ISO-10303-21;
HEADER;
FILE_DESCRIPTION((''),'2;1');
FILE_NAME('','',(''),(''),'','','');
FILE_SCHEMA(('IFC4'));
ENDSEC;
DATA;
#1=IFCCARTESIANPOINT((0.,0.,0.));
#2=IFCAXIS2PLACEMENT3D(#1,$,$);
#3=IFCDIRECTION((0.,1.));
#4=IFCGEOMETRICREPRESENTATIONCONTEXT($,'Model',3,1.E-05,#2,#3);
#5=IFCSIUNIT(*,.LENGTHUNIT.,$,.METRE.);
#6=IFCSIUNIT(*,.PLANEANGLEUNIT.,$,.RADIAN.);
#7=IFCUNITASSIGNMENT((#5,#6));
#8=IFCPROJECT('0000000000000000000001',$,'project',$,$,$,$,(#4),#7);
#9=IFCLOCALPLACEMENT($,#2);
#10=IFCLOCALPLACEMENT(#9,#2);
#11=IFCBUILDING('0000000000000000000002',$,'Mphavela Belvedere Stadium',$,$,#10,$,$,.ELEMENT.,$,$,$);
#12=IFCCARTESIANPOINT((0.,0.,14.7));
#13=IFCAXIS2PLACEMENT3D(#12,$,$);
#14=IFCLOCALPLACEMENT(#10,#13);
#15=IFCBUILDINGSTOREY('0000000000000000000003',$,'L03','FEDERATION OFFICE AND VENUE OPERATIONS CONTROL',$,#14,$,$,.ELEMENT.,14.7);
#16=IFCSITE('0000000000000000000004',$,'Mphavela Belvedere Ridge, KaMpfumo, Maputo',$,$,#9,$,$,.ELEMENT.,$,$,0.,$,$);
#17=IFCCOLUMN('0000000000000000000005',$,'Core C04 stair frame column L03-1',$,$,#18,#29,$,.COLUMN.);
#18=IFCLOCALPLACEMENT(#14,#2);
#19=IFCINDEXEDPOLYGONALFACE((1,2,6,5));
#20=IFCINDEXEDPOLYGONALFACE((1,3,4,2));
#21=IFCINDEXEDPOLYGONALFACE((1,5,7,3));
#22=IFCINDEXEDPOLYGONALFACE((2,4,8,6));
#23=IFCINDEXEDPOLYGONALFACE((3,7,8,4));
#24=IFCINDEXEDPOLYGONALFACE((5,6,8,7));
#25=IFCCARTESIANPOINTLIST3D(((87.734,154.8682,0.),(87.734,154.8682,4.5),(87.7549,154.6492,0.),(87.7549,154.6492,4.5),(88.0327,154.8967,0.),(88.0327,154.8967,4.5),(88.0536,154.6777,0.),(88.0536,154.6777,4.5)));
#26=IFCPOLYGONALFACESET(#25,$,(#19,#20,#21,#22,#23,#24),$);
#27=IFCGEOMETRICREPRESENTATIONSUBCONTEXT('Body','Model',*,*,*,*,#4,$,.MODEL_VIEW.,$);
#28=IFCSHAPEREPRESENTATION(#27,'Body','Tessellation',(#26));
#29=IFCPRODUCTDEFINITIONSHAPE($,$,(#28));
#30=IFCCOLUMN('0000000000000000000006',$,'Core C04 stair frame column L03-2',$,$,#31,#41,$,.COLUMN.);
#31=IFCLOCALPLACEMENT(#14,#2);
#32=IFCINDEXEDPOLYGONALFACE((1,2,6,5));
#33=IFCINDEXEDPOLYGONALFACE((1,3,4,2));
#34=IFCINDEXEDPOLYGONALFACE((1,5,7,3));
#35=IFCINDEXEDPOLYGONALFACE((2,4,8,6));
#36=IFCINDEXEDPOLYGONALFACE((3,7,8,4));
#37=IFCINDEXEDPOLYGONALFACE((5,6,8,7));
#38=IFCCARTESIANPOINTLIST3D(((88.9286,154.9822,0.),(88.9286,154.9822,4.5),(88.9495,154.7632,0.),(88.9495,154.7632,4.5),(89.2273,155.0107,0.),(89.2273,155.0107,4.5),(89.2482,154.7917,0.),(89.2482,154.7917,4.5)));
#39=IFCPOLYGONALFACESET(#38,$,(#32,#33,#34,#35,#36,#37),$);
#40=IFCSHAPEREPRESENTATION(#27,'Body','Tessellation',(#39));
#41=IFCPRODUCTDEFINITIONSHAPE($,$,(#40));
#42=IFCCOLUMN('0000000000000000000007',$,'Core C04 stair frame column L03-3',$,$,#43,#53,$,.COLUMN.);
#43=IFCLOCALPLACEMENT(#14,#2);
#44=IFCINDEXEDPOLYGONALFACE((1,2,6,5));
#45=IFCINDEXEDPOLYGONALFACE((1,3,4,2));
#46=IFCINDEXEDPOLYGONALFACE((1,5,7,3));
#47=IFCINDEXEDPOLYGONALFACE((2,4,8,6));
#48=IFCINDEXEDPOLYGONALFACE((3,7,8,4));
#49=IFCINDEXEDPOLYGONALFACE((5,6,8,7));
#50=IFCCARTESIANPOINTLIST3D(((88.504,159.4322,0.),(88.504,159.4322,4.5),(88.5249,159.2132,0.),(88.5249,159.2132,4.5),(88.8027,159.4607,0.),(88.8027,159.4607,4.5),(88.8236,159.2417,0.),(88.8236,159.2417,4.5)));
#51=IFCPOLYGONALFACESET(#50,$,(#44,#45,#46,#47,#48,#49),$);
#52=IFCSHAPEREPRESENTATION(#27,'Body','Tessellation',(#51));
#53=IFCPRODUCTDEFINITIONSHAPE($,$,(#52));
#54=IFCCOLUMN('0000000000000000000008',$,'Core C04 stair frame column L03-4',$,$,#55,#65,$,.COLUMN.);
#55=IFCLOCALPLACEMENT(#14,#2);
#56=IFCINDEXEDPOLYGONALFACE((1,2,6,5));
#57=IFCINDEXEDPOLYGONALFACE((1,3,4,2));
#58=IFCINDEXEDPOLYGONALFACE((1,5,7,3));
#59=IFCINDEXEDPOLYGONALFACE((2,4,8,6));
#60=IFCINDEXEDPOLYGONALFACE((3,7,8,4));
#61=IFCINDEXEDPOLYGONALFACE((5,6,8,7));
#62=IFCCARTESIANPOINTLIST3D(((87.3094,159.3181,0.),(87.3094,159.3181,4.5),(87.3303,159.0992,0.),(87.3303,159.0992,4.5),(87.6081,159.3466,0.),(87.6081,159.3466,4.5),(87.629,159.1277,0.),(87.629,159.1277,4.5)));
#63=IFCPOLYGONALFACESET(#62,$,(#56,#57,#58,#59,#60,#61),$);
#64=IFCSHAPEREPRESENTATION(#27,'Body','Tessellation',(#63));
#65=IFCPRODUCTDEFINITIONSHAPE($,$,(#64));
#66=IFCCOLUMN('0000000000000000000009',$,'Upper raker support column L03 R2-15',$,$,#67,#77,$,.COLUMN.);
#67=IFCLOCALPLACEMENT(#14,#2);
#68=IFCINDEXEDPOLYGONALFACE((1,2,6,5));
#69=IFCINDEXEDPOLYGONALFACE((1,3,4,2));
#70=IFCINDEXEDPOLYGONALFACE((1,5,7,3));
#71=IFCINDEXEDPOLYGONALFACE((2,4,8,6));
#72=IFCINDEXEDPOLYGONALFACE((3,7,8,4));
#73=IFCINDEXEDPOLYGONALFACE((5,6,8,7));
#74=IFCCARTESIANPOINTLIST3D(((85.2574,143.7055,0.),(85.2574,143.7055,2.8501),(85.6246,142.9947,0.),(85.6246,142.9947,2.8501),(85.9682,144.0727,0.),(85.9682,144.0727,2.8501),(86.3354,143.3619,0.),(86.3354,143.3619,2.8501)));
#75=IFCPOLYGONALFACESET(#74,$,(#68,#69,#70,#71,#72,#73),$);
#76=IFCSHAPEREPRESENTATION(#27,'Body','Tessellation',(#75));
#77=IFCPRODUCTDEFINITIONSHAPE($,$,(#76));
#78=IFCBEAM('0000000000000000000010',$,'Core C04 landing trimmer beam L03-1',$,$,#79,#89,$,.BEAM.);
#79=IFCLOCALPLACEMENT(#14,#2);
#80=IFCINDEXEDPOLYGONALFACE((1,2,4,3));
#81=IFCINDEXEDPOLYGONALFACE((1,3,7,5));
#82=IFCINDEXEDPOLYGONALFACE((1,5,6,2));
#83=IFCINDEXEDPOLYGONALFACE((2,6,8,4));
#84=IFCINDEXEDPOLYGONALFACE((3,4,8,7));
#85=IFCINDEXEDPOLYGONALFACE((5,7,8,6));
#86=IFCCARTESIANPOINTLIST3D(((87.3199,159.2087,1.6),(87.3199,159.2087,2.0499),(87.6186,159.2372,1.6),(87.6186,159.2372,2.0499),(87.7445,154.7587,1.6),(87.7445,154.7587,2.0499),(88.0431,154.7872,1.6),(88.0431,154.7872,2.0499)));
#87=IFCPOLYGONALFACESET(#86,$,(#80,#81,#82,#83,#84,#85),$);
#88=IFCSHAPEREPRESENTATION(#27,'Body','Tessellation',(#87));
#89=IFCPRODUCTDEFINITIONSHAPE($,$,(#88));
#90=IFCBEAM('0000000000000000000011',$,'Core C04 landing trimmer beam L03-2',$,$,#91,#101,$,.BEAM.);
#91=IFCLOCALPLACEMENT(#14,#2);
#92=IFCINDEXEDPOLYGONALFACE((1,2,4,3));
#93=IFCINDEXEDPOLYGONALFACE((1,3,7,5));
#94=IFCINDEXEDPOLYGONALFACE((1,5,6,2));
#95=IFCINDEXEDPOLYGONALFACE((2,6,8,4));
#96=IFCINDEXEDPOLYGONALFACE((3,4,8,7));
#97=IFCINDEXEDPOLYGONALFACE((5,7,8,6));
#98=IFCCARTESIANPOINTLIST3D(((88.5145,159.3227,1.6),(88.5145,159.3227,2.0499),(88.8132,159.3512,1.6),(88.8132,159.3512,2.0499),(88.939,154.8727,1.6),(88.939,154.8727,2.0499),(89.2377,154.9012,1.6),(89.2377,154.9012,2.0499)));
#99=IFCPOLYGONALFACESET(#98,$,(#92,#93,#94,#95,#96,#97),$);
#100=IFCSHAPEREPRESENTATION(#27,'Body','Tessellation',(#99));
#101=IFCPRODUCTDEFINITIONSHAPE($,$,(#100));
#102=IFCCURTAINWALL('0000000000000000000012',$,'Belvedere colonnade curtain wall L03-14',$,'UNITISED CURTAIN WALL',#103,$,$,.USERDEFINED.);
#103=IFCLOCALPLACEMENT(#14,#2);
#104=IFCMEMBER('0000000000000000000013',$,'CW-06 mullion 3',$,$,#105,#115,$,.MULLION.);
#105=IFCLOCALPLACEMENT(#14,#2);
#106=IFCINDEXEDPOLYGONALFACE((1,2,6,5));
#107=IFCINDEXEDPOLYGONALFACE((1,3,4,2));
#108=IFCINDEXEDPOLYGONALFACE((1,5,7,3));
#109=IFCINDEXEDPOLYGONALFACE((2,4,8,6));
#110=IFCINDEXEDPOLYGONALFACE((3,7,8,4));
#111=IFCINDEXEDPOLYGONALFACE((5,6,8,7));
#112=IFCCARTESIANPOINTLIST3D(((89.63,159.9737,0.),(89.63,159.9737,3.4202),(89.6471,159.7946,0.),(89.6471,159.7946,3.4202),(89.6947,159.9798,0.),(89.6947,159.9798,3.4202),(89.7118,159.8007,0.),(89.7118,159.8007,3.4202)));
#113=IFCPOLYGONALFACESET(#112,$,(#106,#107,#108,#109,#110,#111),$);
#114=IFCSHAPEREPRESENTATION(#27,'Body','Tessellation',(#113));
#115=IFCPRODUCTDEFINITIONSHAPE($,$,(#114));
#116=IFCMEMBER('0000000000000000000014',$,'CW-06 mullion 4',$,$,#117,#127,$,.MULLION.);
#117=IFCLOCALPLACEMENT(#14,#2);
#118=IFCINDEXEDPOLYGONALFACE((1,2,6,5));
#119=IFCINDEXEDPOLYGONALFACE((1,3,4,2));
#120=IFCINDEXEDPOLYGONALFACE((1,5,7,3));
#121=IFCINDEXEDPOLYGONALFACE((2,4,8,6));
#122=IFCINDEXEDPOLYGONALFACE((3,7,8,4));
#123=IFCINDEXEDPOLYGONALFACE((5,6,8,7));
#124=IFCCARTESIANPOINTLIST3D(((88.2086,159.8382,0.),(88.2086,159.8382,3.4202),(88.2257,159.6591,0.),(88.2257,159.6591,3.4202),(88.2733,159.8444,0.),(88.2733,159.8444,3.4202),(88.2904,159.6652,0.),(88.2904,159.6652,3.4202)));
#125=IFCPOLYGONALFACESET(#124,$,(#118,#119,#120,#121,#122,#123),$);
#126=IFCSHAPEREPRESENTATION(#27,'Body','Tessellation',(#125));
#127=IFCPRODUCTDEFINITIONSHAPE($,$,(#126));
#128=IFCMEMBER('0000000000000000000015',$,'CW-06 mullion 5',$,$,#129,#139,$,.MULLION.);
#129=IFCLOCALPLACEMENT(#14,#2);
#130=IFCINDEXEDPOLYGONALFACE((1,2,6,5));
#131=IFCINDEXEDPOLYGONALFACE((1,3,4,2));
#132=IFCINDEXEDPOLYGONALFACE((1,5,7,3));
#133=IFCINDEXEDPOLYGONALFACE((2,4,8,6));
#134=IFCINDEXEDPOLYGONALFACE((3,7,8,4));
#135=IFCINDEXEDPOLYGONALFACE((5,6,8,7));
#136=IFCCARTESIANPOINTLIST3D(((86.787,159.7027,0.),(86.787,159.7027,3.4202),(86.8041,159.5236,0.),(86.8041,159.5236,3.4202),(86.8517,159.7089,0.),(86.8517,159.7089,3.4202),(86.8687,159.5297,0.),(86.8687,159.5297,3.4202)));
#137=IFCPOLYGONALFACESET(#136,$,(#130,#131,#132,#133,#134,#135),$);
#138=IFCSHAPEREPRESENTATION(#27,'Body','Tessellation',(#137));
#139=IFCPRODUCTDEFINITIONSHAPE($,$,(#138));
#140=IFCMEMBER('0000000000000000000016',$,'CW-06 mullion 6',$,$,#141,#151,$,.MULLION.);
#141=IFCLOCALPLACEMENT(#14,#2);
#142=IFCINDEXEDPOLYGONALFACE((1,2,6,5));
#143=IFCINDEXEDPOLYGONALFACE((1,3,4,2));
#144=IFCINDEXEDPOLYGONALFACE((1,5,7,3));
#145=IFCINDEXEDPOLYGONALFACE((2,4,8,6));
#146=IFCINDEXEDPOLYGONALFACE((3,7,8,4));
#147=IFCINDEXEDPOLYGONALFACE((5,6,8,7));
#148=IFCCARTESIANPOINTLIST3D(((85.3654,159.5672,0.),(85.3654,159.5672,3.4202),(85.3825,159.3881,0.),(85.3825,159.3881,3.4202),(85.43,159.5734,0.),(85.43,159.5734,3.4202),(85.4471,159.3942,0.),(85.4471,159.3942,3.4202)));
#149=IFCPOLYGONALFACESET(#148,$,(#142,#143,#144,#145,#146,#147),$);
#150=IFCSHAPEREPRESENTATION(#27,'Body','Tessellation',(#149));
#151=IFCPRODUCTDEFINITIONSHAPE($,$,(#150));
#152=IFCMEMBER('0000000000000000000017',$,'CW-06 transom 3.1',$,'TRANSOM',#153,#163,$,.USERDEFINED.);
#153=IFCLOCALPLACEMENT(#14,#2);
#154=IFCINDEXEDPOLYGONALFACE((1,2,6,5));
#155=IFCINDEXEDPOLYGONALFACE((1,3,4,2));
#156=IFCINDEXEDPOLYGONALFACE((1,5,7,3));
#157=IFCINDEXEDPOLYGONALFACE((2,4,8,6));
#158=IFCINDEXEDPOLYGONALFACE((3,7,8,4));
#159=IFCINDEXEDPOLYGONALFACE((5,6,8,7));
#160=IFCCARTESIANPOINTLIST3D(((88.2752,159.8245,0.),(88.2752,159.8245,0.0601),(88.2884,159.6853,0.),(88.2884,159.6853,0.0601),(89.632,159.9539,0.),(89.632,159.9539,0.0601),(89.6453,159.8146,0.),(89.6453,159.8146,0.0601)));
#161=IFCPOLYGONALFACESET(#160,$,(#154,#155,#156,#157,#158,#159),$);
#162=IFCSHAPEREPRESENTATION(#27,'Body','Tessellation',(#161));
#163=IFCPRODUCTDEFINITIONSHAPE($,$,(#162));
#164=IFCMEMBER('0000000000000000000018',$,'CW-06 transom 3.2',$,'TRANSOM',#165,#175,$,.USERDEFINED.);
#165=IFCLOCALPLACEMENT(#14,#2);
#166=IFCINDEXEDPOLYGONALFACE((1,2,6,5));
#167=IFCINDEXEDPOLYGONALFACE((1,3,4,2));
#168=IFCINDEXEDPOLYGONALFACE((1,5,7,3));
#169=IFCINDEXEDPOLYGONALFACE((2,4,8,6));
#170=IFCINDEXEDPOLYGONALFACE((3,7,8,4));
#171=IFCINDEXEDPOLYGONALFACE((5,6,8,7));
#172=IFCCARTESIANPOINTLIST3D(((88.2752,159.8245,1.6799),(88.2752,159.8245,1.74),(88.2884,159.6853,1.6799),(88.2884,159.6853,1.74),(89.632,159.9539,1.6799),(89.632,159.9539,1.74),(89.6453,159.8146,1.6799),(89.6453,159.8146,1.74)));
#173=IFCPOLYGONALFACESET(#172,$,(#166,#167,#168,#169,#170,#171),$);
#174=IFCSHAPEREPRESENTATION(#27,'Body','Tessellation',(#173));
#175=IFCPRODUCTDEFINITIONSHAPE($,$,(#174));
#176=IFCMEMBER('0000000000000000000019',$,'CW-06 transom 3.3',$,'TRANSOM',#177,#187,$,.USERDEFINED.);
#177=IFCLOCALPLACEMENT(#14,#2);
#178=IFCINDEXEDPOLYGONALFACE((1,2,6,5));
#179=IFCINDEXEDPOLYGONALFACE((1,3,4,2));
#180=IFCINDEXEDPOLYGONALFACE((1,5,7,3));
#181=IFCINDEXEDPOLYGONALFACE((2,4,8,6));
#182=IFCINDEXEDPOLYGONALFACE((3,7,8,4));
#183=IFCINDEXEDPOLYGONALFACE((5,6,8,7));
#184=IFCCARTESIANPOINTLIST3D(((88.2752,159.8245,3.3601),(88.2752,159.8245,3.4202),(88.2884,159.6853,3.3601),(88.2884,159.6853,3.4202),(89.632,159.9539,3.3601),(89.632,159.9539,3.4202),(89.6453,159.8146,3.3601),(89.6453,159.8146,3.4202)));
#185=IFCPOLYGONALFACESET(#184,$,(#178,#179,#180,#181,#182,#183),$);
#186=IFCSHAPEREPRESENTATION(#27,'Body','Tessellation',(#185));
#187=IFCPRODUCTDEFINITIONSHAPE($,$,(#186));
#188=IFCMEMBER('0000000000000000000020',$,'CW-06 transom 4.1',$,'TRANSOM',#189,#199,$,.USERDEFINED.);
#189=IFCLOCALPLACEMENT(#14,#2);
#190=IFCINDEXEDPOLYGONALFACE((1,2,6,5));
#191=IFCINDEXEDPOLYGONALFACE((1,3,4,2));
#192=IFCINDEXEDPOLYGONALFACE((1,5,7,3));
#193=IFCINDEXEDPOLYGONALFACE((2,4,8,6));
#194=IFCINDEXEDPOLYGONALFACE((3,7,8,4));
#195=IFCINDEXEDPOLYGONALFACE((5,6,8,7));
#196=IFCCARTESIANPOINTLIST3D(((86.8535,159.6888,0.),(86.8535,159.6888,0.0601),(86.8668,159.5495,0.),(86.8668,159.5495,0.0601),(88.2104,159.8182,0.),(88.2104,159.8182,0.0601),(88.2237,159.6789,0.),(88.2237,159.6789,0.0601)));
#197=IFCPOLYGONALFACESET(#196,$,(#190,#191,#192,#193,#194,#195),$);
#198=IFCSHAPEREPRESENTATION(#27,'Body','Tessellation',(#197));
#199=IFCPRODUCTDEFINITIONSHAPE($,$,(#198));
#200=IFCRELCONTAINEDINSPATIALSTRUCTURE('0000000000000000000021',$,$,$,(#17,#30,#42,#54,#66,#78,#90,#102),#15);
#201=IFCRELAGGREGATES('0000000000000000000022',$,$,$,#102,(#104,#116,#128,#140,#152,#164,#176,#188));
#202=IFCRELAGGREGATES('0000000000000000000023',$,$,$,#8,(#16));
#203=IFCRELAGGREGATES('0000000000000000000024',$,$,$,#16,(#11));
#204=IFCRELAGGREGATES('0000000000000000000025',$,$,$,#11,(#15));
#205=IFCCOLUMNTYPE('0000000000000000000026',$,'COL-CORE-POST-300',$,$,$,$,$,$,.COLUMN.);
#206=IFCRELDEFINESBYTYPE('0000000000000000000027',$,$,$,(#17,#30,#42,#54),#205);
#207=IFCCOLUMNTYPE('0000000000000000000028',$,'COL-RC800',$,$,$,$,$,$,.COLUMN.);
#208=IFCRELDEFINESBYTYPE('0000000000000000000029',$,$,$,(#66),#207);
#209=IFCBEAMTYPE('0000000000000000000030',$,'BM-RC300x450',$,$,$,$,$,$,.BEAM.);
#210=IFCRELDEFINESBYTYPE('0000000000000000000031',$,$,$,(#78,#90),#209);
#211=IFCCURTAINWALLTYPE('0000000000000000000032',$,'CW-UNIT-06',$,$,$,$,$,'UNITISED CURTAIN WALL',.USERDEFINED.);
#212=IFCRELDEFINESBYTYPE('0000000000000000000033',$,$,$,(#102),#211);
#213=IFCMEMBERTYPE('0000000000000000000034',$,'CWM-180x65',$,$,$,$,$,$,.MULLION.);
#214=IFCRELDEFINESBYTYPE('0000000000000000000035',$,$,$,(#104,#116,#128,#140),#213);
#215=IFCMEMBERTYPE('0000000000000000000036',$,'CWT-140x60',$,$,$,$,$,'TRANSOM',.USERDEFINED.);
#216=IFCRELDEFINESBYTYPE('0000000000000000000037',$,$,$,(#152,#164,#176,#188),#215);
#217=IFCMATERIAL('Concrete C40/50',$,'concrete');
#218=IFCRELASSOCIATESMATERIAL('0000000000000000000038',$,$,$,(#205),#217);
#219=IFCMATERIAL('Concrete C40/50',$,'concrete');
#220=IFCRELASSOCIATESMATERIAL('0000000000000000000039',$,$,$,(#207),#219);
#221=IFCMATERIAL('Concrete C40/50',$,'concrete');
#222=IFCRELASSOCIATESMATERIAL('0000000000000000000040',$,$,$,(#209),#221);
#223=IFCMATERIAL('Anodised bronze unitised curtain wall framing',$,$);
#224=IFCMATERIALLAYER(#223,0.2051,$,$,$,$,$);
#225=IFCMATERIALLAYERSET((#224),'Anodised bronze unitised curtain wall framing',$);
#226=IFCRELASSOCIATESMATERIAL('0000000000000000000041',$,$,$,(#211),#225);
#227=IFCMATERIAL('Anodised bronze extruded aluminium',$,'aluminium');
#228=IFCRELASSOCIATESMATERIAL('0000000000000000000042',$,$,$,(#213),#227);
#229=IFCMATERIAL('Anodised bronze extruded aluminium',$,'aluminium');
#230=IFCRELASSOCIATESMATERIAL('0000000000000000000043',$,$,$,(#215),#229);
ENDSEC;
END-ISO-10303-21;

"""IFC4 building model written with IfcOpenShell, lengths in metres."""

from ifc_helpers import new_model, si_unit, direction, frame, origin, origin_2d, place, context, subcontext, project, spatial, rectangle, extrude, material, layer, layer_set, material_profile, profile_set, type_object, element, aggregate, save


model = new_model("IFC4")

# Units and contexts
model_context = context("Model", 3, precision=1e-05, world=origin(), true_north=direction((0.0, 1.0)))
body_context = subcontext(model_context, "Body", "Model", "MODEL_VIEW")
ifc_project = project(units=[si_unit("LENGTHUNIT", "METRE"), si_unit("PLANEANGLEUNIT", "RADIAN")], contexts=[model_context])

# Site, building, storey
site_placement = place(None, origin())
site = spatial("IfcSite", under=ifc_project, at=site_placement, Name="Mphavela Belvedere Ridge, KaMpfumo, Maputo", CompositionType="ELEMENT", RefElevation=0.0)
building_placement = place(site_placement, origin())
building = spatial("IfcBuilding", under=site, at=building_placement, Name="Mphavela Belvedere Stadium", CompositionType="ELEMENT")
storey_placement = place(building_placement, frame((0.0, 0.0, 14.7)))
storey = spatial("IfcBuildingStorey", under=building, at=storey_placement, Name="L03", Description="FEDERATION OFFICE AND VENUE OPERATIONS CONTROL", CompositionType="ELEMENT", Elevation=14.7)

# Columns
ifc_material_1 = material(Name="Concrete C40/50", Category="concrete")
ifc_material_profile_1 = material_profile(ifc_material_1, rectangle(XDim=0.3, YDim=0.22, at=origin_2d()), Name="RC 300x220")
ifc_profile_set_1 = profile_set([ifc_material_profile_1], Name="Concrete C40/50")
column_type_1 = type_object("IfcColumnType", Name="COL-CORE-POST-300", PredefinedType="COLUMN", material=ifc_profile_set_1)
for number, where, z_axis, x_axis, name in (
    (1, (87.8938, 154.7729, 0.0), (0.0, 0.0, 1.0), (0.995479, 0.094977, 0.0), "Core C04 stair frame column L03-1"),
    (2, (89.0884, 154.887, 0.0), (0.0, 0.0, 1.0), (0.995479, 0.094977, 0.0), "Core C04 stair frame column L03-2"),
    (3, (88.6638, 159.3369, 0.0), (0.0, 0.0, 1.0), (0.995479, 0.094977, 0.0), "Core C04 stair frame column L03-3"),
    (4, (87.4692, 159.2229, 0.0), (0.0, 0.0, 1.0), (0.995479, 0.094977, 0.0), "Core C04 stair frame column L03-4"),
):
    element("IfcColumn", number, at=place(storey_placement, frame(where, z_axis=z_axis, x_axis=x_axis)), inside=storey, type_object=column_type_1, Name=name, PredefinedType="COLUMN", context=body_context, shape_type="SweptSolid", body=[
        extrude(rectangle(XDim=0.3, YDim=0.22, at=origin_2d()), origin(), (0.0, 0.0, 1.0), 4.5),
    ])
ifc_material_2 = material(Name="Concrete C40/50", Category="concrete")
ifc_material_profile_2 = material_profile(ifc_material_2, rectangle(XDim=0.8, YDim=0.8, at=origin_2d()), Name="RC 800x800")
ifc_profile_set_2 = profile_set([ifc_material_profile_2], Name="Concrete C40/50")
column_type_2 = type_object("IfcColumnType", Name="COL-RC800", PredefinedType="COLUMN", material=ifc_profile_set_2)
column_placement = place(storey_placement, frame((85.7964, 143.5337, 0.0), z_axis=(0.0, 0.0, 1.0), x_axis=(-0.45896, 0.888457, 0.0)))
element("IfcColumn", 5, at=column_placement, inside=storey, type_object=column_type_2, Name="Upper raker support column L03 R2-15", PredefinedType="COLUMN", context=body_context, shape_type="SweptSolid", body=[
    extrude(rectangle(XDim=0.8, YDim=0.8, at=origin_2d()), origin(), (0.0, 0.0, 1.0), 2.8501),
])

# Beams
ifc_material_3 = material(Name="Concrete C40/50", Category="concrete")
ifc_material_profile_3 = material_profile(ifc_material_3, rectangle(XDim=0.3, YDim=0.45, at=origin_2d()), Name="RC 300x450")
ifc_profile_set_3 = profile_set([ifc_material_profile_3], Name="Concrete C40/50")
beam_type = type_object("IfcBeamType", Name="BM-RC300x450", PredefinedType="BEAM", material=ifc_profile_set_3)
for number, where, z_axis, x_axis, name in (
    (6, (87.8938, 154.7729, 1.825), (-0.094977, 0.99548, 0.0), (-0.99548, -0.094977, 0.0), "Core C04 landing trimmer beam L03-1"),
    (7, (89.0884, 154.887, 1.825), (-0.094977, 0.99548, 0.0), (-0.99548, -0.094977, 0.0), "Core C04 landing trimmer beam L03-2"),
):
    element("IfcBeam", number, at=place(storey_placement, frame(where, z_axis=z_axis, x_axis=x_axis)), inside=storey, type_object=beam_type, Name=name, PredefinedType="BEAM", context=body_context, shape_type="SweptSolid", body=[
        extrude(rectangle(XDim=0.3, YDim=0.45, at=origin_2d()), origin(), (0.0, 0.0, 1.0), 4.4702),
    ])

# Curtain wall, members
ifc_material_4 = material(Name="Anodised bronze unitised curtain wall framing")
ifc_layer_1 = layer(ifc_material_4, 0.2051)
ifc_layer_set_1 = layer_set([ifc_layer_1], Name="Anodised bronze unitised curtain wall framing")
curtain_wall_type = type_object("IfcCurtainWallType", Name="CW-UNIT-06", ElementType="UNITISED CURTAIN WALL", PredefinedType="USERDEFINED", material=ifc_layer_set_1)
curtain_wall_placement = place(storey_placement, origin())
curtain_wall = element("IfcCurtainWall", 8, at=curtain_wall_placement, inside=storey, type_object=curtain_wall_type, Name="Belvedere colonnade curtain wall L03-14", ObjectType="UNITISED CURTAIN WALL", PredefinedType="USERDEFINED")
ifc_material_5 = material(Name="Anodised bronze extruded aluminium", Category="aluminium")
ifc_material_profile_4 = material_profile(ifc_material_5, rectangle(XDim=0.1799, YDim=0.0649, at=origin_2d()), Name="CW-MUL 180x65")
ifc_profile_set_4 = profile_set([ifc_material_profile_4], Name="Anodised bronze extruded aluminium")
member_type_1 = type_object("IfcMemberType", Name="CWM-180x65", PredefinedType="MULLION", material=ifc_profile_set_4)
member_1_placement = place(storey_placement, frame((89.6709, 159.8872, 0.0), z_axis=(0.0, 0.0, 1.0), x_axis=(0.094929, -0.995484, 0.0)))
member_1 = element("IfcMember", 9, at=member_1_placement, type_object=member_type_1, Name="CW-06 mullion 3", PredefinedType="MULLION", context=body_context, shape_type="SweptSolid", body=[
    extrude(rectangle(XDim=0.1799, YDim=0.0649, at=origin_2d()), origin(), (0.0, 0.0, 1.0), 3.4202),
])
member_2_placement = place(storey_placement, frame((88.2495, 159.7517, 0.0), z_axis=(0.0, 0.0, 1.0), x_axis=(0.094929, -0.995484, 0.0)))
member_2 = element("IfcMember", 10, at=member_2_placement, type_object=member_type_1, Name="CW-06 mullion 4", PredefinedType="MULLION", context=body_context, shape_type="SweptSolid", body=[
    extrude(rectangle(XDim=0.1799, YDim=0.0649, at=origin_2d()), origin(), (0.0, 0.0, 1.0), 3.4202),
])
member_3_placement = place(storey_placement, frame((86.8279, 159.6162, 0.0), z_axis=(0.0, 0.0, 1.0), x_axis=(0.094929, -0.995484, 0.0)))
member_3 = element("IfcMember", 11, at=member_3_placement, type_object=member_type_1, Name="CW-06 mullion 5", PredefinedType="MULLION", context=body_context, shape_type="SweptSolid", body=[
    extrude(rectangle(XDim=0.1799, YDim=0.0649, at=origin_2d()), origin(), (0.0, 0.0, 1.0), 3.4202),
])
member_4_placement = place(storey_placement, frame((85.4062, 159.4807, 0.0), z_axis=(0.0, 0.0, 1.0), x_axis=(0.094929, -0.995484, 0.0)))
member_4 = element("IfcMember", 12, at=member_4_placement, type_object=member_type_1, Name="CW-06 mullion 6", PredefinedType="MULLION", context=body_context, shape_type="SweptSolid", body=[
    extrude(rectangle(XDim=0.1799, YDim=0.0649, at=origin_2d()), origin(), (0.0, 0.0, 1.0), 3.4202),
])
ifc_material_6 = material(Name="Anodised bronze extruded aluminium", Category="aluminium")
ifc_material_profile_5 = material_profile(ifc_material_6, rectangle(XDim=0.1399, YDim=0.0601, at=origin_2d()), Name="CW-TRN 140x60")
ifc_profile_set_5 = profile_set([ifc_material_profile_5], Name="Anodised bronze extruded aluminium")
member_type_2 = type_object("IfcMemberType", Name="CWT-140x60", ElementType="TRANSOM", PredefinedType="USERDEFINED", material=ifc_profile_set_5)
member_5_placement = place(storey_placement, frame((89.6387, 159.8843, 0.03), z_axis=(-0.995484, -0.094927, 0.0), x_axis=(0.094927, -0.995484, 0.0)))
member_5 = element("IfcMember", 13, at=member_5_placement, type_object=member_type_2, Name="CW-06 transom 3.1", ObjectType="TRANSOM", PredefinedType="USERDEFINED", context=body_context, shape_type="SweptSolid", body=[
    extrude(rectangle(XDim=0.1399, YDim=0.0601, at=origin_2d()), origin(), (0.0, 0.0, 1.0), 1.363),
])
member_6_placement = place(storey_placement, frame((89.6387, 159.8843, 1.71), z_axis=(-0.995484, -0.094927, 0.0), x_axis=(0.094927, -0.995484, 0.0)))
member_6 = element("IfcMember", 14, at=member_6_placement, type_object=member_type_2, Name="CW-06 transom 3.2", ObjectType="TRANSOM", PredefinedType="USERDEFINED", context=body_context, shape_type="SweptSolid", body=[
    extrude(rectangle(XDim=0.1399, YDim=0.0601, at=origin_2d()), origin(), (0.0, 0.0, 1.0), 1.363),
])
member_7_placement = place(storey_placement, frame((89.6387, 159.8843, 3.3901), z_axis=(-0.995484, -0.094927, 0.0), x_axis=(0.094927, -0.995484, 0.0)))
member_7 = element("IfcMember", 15, at=member_7_placement, type_object=member_type_2, Name="CW-06 transom 3.3", ObjectType="TRANSOM", PredefinedType="USERDEFINED", context=body_context, shape_type="SweptSolid", body=[
    extrude(rectangle(XDim=0.1399, YDim=0.0601, at=origin_2d()), origin(), (0.0, 0.0, 1.0), 1.363),
])
member_8_placement = place(storey_placement, frame((88.217, 159.7485, 0.03), z_axis=(-0.995484, -0.094927, 0.0), x_axis=(0.094927, -0.995484, 0.0)))
member_8 = element("IfcMember", 16, at=member_8_placement, type_object=member_type_2, Name="CW-06 transom 4.1", ObjectType="TRANSOM", PredefinedType="USERDEFINED", context=body_context, shape_type="SweptSolid", body=[
    extrude(rectangle(XDim=0.1399, YDim=0.0601, at=origin_2d()), origin(), (0.0, 0.0, 1.0), 1.363),
])
aggregate(curtain_wall, [member_1, member_2, member_3, member_4, member_5, member_6, member_7, member_8])

save(model, "model.ifc")
